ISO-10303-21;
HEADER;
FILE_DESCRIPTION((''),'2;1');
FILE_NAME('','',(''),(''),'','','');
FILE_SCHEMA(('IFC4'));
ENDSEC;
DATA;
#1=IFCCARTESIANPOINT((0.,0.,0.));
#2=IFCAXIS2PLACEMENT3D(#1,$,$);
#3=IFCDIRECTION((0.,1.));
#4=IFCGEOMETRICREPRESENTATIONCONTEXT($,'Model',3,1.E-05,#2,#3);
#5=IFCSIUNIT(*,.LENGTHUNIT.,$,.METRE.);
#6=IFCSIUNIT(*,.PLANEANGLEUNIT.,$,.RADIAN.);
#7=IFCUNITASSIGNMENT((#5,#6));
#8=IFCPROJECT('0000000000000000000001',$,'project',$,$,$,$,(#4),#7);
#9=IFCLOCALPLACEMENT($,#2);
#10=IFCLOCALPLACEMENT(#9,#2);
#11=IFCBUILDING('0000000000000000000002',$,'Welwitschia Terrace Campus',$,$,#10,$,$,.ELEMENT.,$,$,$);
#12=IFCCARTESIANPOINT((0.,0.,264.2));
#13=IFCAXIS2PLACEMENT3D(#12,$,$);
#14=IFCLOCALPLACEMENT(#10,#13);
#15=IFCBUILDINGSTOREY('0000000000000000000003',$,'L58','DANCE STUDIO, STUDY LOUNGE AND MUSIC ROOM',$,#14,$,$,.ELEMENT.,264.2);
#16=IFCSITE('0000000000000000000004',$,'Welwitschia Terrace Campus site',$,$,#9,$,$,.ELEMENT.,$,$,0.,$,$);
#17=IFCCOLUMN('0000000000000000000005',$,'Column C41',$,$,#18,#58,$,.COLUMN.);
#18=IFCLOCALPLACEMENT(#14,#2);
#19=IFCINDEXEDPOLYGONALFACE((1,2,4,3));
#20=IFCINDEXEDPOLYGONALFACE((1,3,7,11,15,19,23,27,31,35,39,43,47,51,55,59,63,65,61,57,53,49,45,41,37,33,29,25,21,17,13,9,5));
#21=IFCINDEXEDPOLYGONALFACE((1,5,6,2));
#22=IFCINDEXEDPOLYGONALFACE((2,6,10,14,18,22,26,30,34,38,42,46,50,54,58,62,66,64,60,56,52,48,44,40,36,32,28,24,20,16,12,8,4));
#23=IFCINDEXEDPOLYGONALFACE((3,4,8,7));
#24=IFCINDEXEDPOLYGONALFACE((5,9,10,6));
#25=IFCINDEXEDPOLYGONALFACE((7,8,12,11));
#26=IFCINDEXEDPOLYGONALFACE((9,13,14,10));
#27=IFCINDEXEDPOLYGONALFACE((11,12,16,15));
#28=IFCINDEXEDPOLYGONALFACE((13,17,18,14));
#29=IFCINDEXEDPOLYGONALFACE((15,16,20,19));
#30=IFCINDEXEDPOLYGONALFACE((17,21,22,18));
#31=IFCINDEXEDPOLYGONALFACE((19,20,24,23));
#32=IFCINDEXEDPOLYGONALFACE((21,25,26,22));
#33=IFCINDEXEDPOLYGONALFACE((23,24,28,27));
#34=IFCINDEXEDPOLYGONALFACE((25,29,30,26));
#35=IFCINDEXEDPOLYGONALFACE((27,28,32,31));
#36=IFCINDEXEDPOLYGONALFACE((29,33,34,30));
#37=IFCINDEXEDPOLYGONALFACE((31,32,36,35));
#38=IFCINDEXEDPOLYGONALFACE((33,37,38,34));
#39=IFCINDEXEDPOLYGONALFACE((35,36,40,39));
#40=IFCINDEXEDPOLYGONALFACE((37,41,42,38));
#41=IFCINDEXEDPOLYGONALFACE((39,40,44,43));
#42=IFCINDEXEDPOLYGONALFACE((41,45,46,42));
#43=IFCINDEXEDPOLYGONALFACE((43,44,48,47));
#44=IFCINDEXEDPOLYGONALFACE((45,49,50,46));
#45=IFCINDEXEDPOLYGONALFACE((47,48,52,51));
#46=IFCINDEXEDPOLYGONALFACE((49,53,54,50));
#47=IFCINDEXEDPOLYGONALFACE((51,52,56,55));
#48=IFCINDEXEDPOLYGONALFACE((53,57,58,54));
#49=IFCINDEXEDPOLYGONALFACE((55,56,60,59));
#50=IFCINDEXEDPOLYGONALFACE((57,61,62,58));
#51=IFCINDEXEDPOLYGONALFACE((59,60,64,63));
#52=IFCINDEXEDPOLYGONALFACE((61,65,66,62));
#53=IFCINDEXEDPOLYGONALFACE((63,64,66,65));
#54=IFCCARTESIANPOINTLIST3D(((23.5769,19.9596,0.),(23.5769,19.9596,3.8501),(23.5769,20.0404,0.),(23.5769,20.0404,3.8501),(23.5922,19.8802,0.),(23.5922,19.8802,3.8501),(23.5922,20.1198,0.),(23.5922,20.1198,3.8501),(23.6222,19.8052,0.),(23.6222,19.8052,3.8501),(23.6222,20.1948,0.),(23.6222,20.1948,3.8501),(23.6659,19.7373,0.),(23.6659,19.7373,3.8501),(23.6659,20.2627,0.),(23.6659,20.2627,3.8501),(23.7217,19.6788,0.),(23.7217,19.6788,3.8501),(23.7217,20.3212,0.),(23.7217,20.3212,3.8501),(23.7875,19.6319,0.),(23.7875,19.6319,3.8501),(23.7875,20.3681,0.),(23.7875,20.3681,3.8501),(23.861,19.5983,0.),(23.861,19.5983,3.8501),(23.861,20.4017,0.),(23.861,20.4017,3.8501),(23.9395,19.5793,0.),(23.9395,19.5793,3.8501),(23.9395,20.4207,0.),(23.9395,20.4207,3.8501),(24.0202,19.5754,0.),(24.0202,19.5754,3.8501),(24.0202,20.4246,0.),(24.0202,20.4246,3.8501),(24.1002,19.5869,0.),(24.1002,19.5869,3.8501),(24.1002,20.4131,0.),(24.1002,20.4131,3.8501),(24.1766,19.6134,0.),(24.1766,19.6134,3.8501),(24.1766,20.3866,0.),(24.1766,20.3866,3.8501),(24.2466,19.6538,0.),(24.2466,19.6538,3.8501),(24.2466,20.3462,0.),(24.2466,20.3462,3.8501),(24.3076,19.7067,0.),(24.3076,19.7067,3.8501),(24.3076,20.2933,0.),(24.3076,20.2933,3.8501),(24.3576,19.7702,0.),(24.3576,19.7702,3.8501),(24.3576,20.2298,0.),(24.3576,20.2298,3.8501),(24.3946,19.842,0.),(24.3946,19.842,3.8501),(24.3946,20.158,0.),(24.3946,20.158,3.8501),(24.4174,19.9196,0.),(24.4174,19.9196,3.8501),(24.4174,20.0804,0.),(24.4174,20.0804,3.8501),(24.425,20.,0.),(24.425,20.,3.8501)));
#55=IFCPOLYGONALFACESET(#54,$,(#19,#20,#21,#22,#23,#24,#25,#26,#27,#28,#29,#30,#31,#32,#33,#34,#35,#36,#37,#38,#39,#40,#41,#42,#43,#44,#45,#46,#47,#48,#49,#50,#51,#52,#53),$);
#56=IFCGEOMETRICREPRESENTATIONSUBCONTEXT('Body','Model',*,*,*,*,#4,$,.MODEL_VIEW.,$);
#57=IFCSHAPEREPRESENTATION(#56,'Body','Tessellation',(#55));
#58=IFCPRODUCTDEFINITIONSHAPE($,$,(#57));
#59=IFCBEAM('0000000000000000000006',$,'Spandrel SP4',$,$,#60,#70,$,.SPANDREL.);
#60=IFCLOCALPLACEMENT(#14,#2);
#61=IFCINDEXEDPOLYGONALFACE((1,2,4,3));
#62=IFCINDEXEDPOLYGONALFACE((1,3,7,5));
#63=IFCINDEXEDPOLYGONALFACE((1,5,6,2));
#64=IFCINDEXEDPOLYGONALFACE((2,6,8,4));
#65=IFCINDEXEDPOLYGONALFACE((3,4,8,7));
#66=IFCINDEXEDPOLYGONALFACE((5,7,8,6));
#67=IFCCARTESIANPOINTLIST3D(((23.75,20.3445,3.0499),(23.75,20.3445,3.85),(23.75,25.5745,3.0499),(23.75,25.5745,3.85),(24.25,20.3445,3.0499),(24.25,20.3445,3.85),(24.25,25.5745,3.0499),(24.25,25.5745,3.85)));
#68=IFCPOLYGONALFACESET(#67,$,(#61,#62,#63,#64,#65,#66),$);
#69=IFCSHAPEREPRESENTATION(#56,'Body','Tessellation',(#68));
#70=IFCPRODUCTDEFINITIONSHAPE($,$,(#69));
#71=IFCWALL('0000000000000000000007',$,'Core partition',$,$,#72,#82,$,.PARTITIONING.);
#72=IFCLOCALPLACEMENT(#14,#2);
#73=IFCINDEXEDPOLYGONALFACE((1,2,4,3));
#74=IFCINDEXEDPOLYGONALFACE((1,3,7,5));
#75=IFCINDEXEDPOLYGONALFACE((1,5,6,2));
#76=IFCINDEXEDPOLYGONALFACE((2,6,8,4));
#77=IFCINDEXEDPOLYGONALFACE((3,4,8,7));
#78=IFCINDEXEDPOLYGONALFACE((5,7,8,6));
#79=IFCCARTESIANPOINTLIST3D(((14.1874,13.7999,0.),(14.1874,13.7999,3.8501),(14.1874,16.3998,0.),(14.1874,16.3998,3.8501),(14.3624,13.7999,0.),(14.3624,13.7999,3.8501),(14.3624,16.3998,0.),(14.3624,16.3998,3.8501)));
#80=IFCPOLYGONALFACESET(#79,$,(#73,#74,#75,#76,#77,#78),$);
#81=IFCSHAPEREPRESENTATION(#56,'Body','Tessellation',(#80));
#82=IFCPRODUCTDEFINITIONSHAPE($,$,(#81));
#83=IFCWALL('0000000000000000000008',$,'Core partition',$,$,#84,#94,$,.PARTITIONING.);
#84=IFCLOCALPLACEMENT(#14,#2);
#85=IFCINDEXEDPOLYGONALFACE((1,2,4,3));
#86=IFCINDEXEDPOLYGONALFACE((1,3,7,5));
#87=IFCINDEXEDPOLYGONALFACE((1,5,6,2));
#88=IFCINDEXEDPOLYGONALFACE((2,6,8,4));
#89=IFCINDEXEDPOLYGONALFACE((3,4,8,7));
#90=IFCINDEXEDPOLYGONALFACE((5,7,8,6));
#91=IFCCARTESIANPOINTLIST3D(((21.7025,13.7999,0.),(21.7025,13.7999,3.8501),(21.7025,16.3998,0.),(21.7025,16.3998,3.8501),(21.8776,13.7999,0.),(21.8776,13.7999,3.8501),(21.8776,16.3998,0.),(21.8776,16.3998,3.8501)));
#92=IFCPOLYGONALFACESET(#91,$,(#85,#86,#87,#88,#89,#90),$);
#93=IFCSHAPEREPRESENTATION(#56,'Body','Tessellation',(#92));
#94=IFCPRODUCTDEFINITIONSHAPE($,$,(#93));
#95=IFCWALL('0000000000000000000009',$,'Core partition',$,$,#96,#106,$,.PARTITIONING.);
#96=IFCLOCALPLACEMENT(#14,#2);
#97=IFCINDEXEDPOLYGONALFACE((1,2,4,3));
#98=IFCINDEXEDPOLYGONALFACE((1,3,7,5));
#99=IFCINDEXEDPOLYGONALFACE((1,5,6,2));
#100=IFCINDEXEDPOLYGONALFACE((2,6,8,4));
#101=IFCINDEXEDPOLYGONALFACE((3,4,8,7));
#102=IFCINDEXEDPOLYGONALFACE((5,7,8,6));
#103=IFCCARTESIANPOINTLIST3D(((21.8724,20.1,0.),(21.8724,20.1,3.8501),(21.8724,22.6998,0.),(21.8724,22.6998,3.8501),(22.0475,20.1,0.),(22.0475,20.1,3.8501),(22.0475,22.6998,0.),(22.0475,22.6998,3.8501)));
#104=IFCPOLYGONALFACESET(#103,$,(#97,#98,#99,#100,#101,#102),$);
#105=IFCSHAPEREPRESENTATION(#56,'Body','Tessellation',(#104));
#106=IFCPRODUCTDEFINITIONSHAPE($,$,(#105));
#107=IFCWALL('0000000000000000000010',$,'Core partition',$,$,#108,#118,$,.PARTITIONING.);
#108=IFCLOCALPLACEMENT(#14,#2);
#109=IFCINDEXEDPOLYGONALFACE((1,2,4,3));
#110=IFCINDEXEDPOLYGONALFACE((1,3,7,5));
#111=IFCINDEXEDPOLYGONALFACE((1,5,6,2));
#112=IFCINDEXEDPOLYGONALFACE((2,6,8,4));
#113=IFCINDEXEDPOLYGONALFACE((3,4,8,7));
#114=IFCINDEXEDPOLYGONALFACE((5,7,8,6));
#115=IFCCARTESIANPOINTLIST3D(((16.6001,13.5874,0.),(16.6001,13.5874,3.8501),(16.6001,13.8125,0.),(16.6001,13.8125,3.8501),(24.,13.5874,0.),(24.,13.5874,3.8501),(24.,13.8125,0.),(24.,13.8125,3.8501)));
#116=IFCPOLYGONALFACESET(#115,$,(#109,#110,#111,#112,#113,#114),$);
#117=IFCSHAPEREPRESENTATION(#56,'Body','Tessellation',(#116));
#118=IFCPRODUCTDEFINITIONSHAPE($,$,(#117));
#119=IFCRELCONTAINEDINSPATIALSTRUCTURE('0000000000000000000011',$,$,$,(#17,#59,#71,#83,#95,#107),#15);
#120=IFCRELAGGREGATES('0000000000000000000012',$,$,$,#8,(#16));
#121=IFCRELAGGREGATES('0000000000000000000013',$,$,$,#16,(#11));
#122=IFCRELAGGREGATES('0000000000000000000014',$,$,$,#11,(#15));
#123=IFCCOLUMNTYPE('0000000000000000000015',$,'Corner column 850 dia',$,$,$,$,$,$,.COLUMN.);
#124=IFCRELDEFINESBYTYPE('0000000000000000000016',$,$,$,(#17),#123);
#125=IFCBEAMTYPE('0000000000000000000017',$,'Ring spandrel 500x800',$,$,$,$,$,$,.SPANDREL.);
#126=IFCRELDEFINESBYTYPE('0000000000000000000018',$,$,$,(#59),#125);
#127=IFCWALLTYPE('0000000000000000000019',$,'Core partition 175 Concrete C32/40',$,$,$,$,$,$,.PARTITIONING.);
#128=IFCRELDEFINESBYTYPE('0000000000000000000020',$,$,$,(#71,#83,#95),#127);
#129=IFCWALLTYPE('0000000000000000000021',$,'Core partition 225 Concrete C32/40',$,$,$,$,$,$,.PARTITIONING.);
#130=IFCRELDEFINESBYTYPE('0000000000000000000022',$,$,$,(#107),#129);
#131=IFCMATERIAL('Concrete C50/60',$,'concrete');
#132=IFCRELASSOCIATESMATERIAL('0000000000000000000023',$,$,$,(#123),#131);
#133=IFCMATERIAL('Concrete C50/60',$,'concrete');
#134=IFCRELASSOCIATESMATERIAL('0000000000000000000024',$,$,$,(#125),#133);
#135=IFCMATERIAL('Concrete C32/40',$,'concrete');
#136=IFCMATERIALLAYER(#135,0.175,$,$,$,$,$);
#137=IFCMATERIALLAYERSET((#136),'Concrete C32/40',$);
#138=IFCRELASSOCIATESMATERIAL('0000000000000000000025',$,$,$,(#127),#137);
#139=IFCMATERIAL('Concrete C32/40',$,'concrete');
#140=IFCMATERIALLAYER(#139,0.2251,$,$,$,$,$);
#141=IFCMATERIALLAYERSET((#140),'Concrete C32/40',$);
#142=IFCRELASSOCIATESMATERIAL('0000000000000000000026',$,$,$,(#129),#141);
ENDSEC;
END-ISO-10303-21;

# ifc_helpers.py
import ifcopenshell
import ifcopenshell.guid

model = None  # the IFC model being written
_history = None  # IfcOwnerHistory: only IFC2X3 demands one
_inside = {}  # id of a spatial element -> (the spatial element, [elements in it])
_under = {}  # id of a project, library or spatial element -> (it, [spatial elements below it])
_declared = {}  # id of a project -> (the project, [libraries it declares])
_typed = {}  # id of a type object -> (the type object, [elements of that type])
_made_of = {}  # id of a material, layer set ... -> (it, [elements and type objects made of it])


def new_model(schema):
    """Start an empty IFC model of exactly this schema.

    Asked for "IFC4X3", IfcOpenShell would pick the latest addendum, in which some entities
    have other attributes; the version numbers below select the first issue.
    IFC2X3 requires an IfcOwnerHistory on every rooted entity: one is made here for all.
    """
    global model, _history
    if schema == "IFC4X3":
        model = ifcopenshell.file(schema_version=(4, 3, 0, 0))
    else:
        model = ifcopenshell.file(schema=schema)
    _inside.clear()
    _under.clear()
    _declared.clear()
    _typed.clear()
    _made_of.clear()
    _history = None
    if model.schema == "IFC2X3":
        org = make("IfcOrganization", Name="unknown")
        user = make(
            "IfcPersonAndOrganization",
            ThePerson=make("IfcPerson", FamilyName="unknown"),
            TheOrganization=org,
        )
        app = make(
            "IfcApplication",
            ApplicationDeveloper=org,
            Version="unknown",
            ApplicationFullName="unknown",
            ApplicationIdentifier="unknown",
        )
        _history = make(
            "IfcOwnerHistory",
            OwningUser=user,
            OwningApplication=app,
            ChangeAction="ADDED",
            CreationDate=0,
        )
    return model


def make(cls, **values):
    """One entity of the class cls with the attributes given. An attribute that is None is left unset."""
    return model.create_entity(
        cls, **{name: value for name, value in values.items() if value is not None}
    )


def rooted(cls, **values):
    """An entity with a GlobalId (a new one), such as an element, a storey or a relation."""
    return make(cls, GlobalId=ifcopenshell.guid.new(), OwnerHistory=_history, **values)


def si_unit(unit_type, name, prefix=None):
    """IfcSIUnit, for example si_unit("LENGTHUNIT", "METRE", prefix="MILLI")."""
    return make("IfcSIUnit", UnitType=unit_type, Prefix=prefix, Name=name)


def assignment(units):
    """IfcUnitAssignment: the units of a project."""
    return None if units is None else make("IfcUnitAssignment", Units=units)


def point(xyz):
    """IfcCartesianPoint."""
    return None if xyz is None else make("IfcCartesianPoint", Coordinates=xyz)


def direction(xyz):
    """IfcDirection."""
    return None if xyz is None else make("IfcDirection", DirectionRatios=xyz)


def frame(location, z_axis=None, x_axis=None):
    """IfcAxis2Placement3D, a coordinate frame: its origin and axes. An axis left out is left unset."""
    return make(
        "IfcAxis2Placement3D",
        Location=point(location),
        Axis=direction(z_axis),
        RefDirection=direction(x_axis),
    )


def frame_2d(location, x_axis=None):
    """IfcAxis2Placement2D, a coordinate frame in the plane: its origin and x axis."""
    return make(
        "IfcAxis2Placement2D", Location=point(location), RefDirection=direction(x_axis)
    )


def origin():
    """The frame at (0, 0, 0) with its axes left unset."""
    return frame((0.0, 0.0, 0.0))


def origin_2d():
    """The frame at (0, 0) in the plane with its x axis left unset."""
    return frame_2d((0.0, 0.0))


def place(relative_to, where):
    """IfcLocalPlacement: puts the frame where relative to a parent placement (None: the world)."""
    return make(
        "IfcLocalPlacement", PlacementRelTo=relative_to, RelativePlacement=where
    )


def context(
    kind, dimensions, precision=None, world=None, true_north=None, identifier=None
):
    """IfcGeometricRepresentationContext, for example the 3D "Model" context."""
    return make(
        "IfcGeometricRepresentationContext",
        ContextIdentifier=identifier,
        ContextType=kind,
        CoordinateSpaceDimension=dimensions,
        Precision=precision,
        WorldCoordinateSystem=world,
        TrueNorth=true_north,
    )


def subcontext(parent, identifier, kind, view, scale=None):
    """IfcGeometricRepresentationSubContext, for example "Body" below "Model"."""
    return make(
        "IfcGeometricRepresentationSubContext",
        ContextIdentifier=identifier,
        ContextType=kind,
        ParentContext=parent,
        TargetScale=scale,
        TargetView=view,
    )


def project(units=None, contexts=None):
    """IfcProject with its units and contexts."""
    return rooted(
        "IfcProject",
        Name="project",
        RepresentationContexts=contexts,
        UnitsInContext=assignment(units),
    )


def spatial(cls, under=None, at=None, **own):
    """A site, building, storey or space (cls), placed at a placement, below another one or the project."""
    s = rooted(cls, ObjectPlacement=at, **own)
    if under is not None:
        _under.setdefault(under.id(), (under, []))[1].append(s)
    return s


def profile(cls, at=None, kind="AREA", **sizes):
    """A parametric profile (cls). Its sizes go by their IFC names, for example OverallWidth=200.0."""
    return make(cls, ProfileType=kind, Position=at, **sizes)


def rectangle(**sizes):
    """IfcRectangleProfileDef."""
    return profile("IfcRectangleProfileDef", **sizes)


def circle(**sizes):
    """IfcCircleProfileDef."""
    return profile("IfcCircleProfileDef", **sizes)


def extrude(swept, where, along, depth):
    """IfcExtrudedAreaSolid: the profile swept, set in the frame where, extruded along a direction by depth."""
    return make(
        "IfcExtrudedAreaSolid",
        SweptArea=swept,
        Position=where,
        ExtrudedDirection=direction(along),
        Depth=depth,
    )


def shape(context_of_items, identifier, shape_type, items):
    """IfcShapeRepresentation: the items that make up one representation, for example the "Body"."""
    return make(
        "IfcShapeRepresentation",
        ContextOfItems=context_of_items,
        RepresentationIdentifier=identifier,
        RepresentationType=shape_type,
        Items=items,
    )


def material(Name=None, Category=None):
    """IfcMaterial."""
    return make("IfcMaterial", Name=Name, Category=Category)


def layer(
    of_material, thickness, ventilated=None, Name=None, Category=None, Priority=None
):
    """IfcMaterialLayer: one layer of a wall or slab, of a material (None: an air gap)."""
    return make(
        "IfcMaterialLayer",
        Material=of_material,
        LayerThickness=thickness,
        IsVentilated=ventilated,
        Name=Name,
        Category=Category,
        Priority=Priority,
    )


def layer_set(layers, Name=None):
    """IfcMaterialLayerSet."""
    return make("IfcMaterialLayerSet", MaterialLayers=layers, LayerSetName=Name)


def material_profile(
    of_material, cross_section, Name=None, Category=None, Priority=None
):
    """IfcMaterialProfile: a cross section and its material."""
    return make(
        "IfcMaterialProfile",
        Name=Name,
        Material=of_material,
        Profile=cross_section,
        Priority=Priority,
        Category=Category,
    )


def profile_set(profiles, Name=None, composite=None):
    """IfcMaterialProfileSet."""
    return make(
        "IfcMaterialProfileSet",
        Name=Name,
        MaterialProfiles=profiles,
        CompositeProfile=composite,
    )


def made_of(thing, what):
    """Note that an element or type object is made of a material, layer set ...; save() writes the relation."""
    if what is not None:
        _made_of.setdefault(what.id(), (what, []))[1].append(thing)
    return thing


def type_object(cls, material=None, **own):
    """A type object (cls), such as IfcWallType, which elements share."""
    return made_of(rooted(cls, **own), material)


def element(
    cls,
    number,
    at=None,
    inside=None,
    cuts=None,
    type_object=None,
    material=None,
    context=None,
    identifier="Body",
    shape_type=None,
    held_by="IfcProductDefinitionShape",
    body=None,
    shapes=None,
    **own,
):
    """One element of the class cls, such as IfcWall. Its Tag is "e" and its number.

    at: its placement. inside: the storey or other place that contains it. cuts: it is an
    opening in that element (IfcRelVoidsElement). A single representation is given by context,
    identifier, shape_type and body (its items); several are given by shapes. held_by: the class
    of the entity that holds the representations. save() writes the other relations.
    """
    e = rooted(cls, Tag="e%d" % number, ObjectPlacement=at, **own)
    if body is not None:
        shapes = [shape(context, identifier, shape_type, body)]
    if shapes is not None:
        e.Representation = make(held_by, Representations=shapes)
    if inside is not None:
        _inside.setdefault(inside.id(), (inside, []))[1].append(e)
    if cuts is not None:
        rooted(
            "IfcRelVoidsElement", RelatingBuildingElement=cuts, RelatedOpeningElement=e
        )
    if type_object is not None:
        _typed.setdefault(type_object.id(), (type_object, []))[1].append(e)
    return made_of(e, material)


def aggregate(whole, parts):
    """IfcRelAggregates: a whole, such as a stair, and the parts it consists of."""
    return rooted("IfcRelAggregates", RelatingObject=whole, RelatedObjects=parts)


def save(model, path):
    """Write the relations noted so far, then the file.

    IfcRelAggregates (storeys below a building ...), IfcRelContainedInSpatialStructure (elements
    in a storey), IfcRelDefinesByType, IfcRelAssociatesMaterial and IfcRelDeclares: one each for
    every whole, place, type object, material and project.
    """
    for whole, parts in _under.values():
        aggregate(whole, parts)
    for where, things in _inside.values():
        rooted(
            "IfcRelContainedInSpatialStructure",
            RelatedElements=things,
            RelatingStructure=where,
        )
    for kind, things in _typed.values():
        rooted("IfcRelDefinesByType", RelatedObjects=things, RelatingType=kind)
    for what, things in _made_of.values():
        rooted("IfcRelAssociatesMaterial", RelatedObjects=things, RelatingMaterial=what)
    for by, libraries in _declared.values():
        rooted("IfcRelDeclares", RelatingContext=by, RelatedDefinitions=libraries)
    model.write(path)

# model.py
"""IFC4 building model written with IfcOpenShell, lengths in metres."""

from ifc_helpers import new_model, si_unit, direction, frame, frame_2d, origin, origin_2d, place, context, subcontext, project, spatial, rectangle, circle, extrude, material, layer, layer_set, material_profile, profile_set, type_object, element, save


model = new_model("IFC4")

# Units and contexts
model_context = context("Model", 3, precision=1e-05, world=origin(), true_north=direction((0.0, 1.0)))
body_context = subcontext(model_context, "Body", "Model", "MODEL_VIEW")
ifc_project = project(units=[si_unit("LENGTHUNIT", "METRE"), si_unit("PLANEANGLEUNIT", "RADIAN")], contexts=[model_context])

# Site, building, storey
site_placement = place(None, origin())
site = spatial("IfcSite", under=ifc_project, at=site_placement, Name="Welwitschia Terrace Campus site", CompositionType="ELEMENT", RefElevation=0.0)
building_placement = place(site_placement, origin())
building = spatial("IfcBuilding", under=site, at=building_placement, Name="Welwitschia Terrace Campus", CompositionType="ELEMENT")
storey_placement = place(building_placement, frame((0.0, 0.0, 264.2)))
storey = spatial("IfcBuildingStorey", under=building, at=storey_placement, Name="L58", Description="DANCE STUDIO, STUDY LOUNGE AND MUSIC ROOM", CompositionType="ELEMENT", Elevation=264.2)

# Column
ifc_material_1 = material(Name="Concrete C50/60", Category="concrete")
ifc_material_profile_1 = material_profile(ifc_material_1, circle(Radius=0.425, at=origin_2d()))
ifc_profile_set_1 = profile_set([ifc_material_profile_1], Name="Concrete C50/60")
column_type = type_object("IfcColumnType", Name="Corner column 850 dia", PredefinedType="COLUMN", material=ifc_profile_set_1)
column_placement = place(storey_placement, frame((24.0, 20.0, 0.0), z_axis=(0.0, 0.0, 1.0), x_axis=(1.0, 0.0, 0.0)))
element("IfcColumn", 1, at=column_placement, inside=storey, type_object=column_type, Name="Column C41", PredefinedType="COLUMN", context=body_context, shape_type="SweptSolid", body=[
    extrude(circle(Radius=0.425, at=origin_2d()), origin(), (0.0, 0.0, 1.0), 3.8501),
])

# Beam
ifc_material_2 = material(Name="Concrete C50/60", Category="concrete")
ifc_material_profile_2 = material_profile(ifc_material_2, rectangle(XDim=0.5, YDim=0.8, at=origin_2d()))
ifc_profile_set_2 = profile_set([ifc_material_profile_2], Name="Concrete C50/60")
beam_type = type_object("IfcBeamType", Name="Ring spandrel 500x800", PredefinedType="SPANDREL", material=ifc_profile_set_2)
beam_placement = place(storey_placement, frame((24.0, 20.3445, 3.45), z_axis=(0.0, 1.0, 0.0), x_axis=(-1.0, 0.0, 0.0)))
element("IfcBeam", 2, at=beam_placement, inside=storey, type_object=beam_type, Name="Spandrel SP4", PredefinedType="SPANDREL", context=body_context, shape_type="SweptSolid", body=[
    extrude(rectangle(XDim=0.5, YDim=0.8, at=origin_2d()), origin(), (0.0, 0.0, 1.0), 5.23),
])

# Walls
ifc_material_3 = material(Name="Concrete C32/40", Category="concrete")
ifc_layer_1 = layer(ifc_material_3, 0.175)
ifc_layer_set_1 = layer_set([ifc_layer_1], Name="Concrete C32/40")
wall_type_1 = type_object("IfcWallType", Name="Core partition 175 Concrete C32/40", PredefinedType="PARTITIONING", material=ifc_layer_set_1)
for number, where, z_axis, x_axis, name in (
    (3, (14.2749, 13.8, 0.0), (0.0, 0.0, 1.0), (0.0, 1.0, 0.0), "Core partition"),
    (4, (21.79, 13.8, 0.0), (0.0, 0.0, 1.0), (0.0, 1.0, 0.0), "Core partition"),
    (5, (21.96, 20.1001, 0.0), (0.0, 0.0, 1.0), (0.0, 1.0, 0.0), "Core partition"),
):
    element("IfcWall", number, at=place(storey_placement, frame(where, z_axis=z_axis, x_axis=x_axis)), inside=storey, type_object=wall_type_1, Name=name, PredefinedType="PARTITIONING", context=body_context, shape_type="SweptSolid", body=[
        extrude(rectangle(XDim=2.5999, YDim=0.175, at=frame_2d((1.2998, 0.0))), origin(), (0.0, 0.0, 1.0), 3.8501),
    ])
ifc_material_4 = material(Name="Concrete C32/40", Category="concrete")
ifc_layer_2 = layer(ifc_material_4, 0.2251)
ifc_layer_set_2 = layer_set([ifc_layer_2], Name="Concrete C32/40")
wall_type_2 = type_object("IfcWallType", Name="Core partition 225 Concrete C32/40", PredefinedType="PARTITIONING", material=ifc_layer_set_2)
wall_1_placement = place(storey_placement, frame((16.6001, 13.7, 0.0), z_axis=(0.0, 0.0, 1.0), x_axis=(1.0, 0.0, 0.0)))
element("IfcWall", 6, at=wall_1_placement, inside=storey, type_object=wall_type_2, Name="Core partition", PredefinedType="PARTITIONING", context=body_context, shape_type="SweptSolid", body=[
    extrude(rectangle(XDim=7.3999, YDim=0.2251, at=frame_2d((3.7, 0.0))), origin(), (0.0, 0.0, 1.0), 3.8501),
])

save(model, "model.ifc")
